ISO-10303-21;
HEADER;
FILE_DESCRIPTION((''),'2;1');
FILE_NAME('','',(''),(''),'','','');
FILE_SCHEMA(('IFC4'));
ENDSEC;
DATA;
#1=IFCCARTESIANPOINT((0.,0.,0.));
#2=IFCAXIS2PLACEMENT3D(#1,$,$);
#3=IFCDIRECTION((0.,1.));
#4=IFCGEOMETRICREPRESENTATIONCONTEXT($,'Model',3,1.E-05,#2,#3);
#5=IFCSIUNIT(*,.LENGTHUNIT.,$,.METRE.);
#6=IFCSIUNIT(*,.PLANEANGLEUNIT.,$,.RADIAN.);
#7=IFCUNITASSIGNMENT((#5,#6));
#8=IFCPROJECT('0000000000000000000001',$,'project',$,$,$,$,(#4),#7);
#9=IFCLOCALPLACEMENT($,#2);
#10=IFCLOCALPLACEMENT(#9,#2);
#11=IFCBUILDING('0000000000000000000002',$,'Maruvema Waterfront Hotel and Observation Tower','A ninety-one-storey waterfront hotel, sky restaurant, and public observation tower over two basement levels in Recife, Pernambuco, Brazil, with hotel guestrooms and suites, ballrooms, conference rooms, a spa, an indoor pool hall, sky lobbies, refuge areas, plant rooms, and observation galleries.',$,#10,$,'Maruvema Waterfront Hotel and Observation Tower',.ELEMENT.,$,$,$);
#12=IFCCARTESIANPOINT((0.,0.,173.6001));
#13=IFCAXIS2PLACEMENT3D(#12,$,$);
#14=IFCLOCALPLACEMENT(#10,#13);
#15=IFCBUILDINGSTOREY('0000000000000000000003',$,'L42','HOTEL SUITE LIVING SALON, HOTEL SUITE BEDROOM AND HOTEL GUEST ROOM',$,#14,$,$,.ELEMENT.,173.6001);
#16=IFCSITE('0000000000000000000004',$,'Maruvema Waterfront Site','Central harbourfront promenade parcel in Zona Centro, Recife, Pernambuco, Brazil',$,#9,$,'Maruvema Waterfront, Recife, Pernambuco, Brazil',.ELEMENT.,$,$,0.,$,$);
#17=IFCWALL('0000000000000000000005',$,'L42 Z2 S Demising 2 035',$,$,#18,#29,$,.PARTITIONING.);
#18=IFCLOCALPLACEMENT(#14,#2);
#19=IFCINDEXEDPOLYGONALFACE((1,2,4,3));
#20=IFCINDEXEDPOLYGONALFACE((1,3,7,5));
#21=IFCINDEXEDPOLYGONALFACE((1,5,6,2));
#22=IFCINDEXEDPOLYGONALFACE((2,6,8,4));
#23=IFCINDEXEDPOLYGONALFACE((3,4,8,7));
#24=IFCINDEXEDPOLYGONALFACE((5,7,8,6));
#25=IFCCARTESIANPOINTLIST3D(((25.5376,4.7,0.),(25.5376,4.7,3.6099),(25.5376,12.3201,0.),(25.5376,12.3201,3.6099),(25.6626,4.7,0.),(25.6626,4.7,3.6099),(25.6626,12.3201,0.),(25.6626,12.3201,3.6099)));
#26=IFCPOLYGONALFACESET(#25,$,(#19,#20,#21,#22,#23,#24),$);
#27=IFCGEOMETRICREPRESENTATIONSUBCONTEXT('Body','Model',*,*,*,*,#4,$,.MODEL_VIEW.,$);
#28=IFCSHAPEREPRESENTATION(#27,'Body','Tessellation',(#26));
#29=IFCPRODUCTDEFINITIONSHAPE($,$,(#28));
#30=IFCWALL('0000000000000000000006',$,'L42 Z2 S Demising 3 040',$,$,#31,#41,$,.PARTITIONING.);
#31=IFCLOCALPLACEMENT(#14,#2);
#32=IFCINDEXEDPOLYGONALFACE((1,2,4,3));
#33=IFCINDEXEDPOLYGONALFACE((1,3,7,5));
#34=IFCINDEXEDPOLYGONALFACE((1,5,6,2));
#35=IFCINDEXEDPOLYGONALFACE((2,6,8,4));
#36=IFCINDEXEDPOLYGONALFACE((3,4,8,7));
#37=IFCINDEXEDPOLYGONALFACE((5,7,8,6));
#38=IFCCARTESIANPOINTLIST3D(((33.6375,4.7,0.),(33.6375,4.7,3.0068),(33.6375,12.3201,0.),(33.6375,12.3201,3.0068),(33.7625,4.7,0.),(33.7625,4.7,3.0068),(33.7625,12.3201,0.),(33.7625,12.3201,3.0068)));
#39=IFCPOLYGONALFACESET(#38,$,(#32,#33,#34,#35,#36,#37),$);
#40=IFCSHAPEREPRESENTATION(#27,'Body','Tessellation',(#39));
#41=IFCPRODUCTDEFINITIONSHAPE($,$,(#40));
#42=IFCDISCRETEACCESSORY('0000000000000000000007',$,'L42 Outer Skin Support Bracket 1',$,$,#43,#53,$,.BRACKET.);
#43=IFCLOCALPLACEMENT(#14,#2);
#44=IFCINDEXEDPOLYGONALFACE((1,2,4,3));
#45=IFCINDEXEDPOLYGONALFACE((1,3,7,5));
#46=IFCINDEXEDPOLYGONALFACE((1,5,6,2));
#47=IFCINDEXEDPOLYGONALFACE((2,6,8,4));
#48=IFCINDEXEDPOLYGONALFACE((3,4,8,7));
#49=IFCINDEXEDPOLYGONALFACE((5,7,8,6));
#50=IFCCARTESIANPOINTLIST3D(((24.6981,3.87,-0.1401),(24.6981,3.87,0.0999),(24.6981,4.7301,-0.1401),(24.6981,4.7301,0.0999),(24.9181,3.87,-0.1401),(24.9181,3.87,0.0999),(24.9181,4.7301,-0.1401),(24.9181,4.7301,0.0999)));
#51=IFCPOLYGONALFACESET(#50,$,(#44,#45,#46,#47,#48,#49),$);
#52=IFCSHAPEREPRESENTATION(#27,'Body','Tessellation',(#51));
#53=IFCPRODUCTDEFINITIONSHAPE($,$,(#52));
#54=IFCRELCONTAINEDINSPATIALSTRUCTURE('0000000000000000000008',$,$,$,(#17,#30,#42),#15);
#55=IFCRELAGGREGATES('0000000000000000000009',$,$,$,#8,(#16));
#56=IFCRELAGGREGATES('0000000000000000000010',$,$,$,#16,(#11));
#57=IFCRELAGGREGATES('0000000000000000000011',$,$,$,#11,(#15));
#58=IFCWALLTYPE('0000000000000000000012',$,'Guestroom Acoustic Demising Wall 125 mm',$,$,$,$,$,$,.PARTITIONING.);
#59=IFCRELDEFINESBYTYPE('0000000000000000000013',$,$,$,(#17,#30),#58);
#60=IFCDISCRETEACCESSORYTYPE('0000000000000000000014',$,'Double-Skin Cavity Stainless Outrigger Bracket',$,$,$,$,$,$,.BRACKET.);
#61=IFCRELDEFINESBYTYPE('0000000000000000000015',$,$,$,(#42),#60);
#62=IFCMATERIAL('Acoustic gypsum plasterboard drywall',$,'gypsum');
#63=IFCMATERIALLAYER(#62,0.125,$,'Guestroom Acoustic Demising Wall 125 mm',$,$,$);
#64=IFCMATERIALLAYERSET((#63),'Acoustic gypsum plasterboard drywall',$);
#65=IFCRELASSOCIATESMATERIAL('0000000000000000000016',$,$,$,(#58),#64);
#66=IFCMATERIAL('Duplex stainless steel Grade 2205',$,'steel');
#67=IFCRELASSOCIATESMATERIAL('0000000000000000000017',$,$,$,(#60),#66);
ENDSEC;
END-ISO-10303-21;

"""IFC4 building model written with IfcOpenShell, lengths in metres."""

from ifc_helpers import new_model, si_unit, direction, frame, frame_2d, origin, origin_2d, place, context, subcontext, project, spatial, rectangle, extrude, material, layer, layer_set, type_object, element, save


model = new_model("IFC4")

# Units and contexts
model_context = context("Model", 3, precision=1e-05, world=origin(), true_north=direction((0.0, 1.0)))
body_context = subcontext(model_context, "Body", "Model", "MODEL_VIEW")
ifc_project = project(units=[si_unit("LENGTHUNIT", "METRE"), si_unit("PLANEANGLEUNIT", "RADIAN")], contexts=[model_context])

# Site, building, storey
site_placement = place(None, origin())
site = spatial("IfcSite", under=ifc_project, at=site_placement, Name="Maruvema Waterfront Site", Description="Central harbourfront promenade parcel in Zona Centro, Recife, Pernambuco, Brazil", LongName="Maruvema Waterfront, Recife, Pernambuco, Brazil", CompositionType="ELEMENT", RefElevation=0.0)
building_placement = place(site_placement, origin())
building = spatial("IfcBuilding", under=site, at=building_placement, Name="Maruvema Waterfront Hotel and Observation Tower", Description="A ninety-one-storey waterfront hotel, sky restaurant, and public observation tower over two basement levels in Recife, Pernambuco, Brazil, with hotel guestrooms and suites, ballrooms, conference rooms, a spa, an indoor pool hall, sky lobbies, refuge areas, plant rooms, and observation galleries.", LongName="Maruvema Waterfront Hotel and Observation Tower", CompositionType="ELEMENT")
storey_placement = place(building_placement, frame((0.0, 0.0, 173.6001)))
storey = spatial("IfcBuildingStorey", under=building, at=storey_placement, Name="L42", Description="HOTEL SUITE LIVING SALON, HOTEL SUITE BEDROOM AND HOTEL GUEST ROOM", CompositionType="ELEMENT", Elevation=173.6001)

# Walls
ifc_material_1 = material(Name="Acoustic gypsum plasterboard drywall", Category="gypsum")
ifc_layer_1 = layer(ifc_material_1, 0.125, Name="Guestroom Acoustic Demising Wall 125 mm")
ifc_layer_set_1 = layer_set([ifc_layer_1], Name="Acoustic gypsum plasterboard drywall")
wall_type_1 = type_object("IfcWallType", Name="Guestroom Acoustic Demising Wall 125 mm", PredefinedType="PARTITIONING", material=ifc_layer_set_1)
wall_1_placement = place(storey_placement, frame((25.6001, 4.7, 0.0), z_axis=(0.0, 0.0, 1.0), x_axis=(0.0, 1.0, 0.0)))
element("IfcWall", 1, at=wall_1_placement, inside=storey, type_object=wall_type_1, Name="L42 Z2 S Demising 2 035", PredefinedType="PARTITIONING", context=body_context, shape_type="SweptSolid", body=[
    extrude(rectangle(XDim=7.6201, YDim=0.125, at=frame_2d((3.8101, 0.0))), origin(), (0.0, 0.0, 1.0), 3.6099),
])
wall_2_placement = place(storey_placement, frame((33.7, 4.7, 0.0), z_axis=(0.0, 0.0, 1.0), x_axis=(0.0, 1.0, 0.0)))
element("IfcWall", 2, at=wall_2_placement, inside=storey, type_object=wall_type_1, Name="L42 Z2 S Demising 3 040", PredefinedType="PARTITIONING", context=body_context, shape_type="SweptSolid", body=[
    extrude(rectangle(XDim=7.6201, YDim=0.125, at=frame_2d((3.8101, 0.0))), origin(), (0.0, 0.0, 1.0), 3.0068),
])

# Discrete accessory
ifc_material_2 = material(Name="Duplex stainless steel Grade 2205", Category="steel")
discrete_accessory_type = type_object("IfcDiscreteAccessoryType", Name="Double-Skin Cavity Stainless Outrigger Bracket", PredefinedType="BRACKET", material=ifc_material_2)
discrete_accessory_placement = place(storey_placement, frame((24.8081, 4.3, -0.1401), z_axis=(0.0, 0.0, 1.0), x_axis=(1.0, 0.0, 0.0)))
element("IfcDiscreteAccessory", 3, at=discrete_accessory_placement, inside=storey, type_object=discrete_accessory_type, Name="L42 Outer Skin Support Bracket 1", PredefinedType="BRACKET", context=body_context, shape_type="SweptSolid", body=[
    extrude(rectangle(XDim=0.22, YDim=0.8601, at=origin_2d()), origin(), (0.0, 0.0, 1.0), 0.24),
])

save(model, "model.ifc")
